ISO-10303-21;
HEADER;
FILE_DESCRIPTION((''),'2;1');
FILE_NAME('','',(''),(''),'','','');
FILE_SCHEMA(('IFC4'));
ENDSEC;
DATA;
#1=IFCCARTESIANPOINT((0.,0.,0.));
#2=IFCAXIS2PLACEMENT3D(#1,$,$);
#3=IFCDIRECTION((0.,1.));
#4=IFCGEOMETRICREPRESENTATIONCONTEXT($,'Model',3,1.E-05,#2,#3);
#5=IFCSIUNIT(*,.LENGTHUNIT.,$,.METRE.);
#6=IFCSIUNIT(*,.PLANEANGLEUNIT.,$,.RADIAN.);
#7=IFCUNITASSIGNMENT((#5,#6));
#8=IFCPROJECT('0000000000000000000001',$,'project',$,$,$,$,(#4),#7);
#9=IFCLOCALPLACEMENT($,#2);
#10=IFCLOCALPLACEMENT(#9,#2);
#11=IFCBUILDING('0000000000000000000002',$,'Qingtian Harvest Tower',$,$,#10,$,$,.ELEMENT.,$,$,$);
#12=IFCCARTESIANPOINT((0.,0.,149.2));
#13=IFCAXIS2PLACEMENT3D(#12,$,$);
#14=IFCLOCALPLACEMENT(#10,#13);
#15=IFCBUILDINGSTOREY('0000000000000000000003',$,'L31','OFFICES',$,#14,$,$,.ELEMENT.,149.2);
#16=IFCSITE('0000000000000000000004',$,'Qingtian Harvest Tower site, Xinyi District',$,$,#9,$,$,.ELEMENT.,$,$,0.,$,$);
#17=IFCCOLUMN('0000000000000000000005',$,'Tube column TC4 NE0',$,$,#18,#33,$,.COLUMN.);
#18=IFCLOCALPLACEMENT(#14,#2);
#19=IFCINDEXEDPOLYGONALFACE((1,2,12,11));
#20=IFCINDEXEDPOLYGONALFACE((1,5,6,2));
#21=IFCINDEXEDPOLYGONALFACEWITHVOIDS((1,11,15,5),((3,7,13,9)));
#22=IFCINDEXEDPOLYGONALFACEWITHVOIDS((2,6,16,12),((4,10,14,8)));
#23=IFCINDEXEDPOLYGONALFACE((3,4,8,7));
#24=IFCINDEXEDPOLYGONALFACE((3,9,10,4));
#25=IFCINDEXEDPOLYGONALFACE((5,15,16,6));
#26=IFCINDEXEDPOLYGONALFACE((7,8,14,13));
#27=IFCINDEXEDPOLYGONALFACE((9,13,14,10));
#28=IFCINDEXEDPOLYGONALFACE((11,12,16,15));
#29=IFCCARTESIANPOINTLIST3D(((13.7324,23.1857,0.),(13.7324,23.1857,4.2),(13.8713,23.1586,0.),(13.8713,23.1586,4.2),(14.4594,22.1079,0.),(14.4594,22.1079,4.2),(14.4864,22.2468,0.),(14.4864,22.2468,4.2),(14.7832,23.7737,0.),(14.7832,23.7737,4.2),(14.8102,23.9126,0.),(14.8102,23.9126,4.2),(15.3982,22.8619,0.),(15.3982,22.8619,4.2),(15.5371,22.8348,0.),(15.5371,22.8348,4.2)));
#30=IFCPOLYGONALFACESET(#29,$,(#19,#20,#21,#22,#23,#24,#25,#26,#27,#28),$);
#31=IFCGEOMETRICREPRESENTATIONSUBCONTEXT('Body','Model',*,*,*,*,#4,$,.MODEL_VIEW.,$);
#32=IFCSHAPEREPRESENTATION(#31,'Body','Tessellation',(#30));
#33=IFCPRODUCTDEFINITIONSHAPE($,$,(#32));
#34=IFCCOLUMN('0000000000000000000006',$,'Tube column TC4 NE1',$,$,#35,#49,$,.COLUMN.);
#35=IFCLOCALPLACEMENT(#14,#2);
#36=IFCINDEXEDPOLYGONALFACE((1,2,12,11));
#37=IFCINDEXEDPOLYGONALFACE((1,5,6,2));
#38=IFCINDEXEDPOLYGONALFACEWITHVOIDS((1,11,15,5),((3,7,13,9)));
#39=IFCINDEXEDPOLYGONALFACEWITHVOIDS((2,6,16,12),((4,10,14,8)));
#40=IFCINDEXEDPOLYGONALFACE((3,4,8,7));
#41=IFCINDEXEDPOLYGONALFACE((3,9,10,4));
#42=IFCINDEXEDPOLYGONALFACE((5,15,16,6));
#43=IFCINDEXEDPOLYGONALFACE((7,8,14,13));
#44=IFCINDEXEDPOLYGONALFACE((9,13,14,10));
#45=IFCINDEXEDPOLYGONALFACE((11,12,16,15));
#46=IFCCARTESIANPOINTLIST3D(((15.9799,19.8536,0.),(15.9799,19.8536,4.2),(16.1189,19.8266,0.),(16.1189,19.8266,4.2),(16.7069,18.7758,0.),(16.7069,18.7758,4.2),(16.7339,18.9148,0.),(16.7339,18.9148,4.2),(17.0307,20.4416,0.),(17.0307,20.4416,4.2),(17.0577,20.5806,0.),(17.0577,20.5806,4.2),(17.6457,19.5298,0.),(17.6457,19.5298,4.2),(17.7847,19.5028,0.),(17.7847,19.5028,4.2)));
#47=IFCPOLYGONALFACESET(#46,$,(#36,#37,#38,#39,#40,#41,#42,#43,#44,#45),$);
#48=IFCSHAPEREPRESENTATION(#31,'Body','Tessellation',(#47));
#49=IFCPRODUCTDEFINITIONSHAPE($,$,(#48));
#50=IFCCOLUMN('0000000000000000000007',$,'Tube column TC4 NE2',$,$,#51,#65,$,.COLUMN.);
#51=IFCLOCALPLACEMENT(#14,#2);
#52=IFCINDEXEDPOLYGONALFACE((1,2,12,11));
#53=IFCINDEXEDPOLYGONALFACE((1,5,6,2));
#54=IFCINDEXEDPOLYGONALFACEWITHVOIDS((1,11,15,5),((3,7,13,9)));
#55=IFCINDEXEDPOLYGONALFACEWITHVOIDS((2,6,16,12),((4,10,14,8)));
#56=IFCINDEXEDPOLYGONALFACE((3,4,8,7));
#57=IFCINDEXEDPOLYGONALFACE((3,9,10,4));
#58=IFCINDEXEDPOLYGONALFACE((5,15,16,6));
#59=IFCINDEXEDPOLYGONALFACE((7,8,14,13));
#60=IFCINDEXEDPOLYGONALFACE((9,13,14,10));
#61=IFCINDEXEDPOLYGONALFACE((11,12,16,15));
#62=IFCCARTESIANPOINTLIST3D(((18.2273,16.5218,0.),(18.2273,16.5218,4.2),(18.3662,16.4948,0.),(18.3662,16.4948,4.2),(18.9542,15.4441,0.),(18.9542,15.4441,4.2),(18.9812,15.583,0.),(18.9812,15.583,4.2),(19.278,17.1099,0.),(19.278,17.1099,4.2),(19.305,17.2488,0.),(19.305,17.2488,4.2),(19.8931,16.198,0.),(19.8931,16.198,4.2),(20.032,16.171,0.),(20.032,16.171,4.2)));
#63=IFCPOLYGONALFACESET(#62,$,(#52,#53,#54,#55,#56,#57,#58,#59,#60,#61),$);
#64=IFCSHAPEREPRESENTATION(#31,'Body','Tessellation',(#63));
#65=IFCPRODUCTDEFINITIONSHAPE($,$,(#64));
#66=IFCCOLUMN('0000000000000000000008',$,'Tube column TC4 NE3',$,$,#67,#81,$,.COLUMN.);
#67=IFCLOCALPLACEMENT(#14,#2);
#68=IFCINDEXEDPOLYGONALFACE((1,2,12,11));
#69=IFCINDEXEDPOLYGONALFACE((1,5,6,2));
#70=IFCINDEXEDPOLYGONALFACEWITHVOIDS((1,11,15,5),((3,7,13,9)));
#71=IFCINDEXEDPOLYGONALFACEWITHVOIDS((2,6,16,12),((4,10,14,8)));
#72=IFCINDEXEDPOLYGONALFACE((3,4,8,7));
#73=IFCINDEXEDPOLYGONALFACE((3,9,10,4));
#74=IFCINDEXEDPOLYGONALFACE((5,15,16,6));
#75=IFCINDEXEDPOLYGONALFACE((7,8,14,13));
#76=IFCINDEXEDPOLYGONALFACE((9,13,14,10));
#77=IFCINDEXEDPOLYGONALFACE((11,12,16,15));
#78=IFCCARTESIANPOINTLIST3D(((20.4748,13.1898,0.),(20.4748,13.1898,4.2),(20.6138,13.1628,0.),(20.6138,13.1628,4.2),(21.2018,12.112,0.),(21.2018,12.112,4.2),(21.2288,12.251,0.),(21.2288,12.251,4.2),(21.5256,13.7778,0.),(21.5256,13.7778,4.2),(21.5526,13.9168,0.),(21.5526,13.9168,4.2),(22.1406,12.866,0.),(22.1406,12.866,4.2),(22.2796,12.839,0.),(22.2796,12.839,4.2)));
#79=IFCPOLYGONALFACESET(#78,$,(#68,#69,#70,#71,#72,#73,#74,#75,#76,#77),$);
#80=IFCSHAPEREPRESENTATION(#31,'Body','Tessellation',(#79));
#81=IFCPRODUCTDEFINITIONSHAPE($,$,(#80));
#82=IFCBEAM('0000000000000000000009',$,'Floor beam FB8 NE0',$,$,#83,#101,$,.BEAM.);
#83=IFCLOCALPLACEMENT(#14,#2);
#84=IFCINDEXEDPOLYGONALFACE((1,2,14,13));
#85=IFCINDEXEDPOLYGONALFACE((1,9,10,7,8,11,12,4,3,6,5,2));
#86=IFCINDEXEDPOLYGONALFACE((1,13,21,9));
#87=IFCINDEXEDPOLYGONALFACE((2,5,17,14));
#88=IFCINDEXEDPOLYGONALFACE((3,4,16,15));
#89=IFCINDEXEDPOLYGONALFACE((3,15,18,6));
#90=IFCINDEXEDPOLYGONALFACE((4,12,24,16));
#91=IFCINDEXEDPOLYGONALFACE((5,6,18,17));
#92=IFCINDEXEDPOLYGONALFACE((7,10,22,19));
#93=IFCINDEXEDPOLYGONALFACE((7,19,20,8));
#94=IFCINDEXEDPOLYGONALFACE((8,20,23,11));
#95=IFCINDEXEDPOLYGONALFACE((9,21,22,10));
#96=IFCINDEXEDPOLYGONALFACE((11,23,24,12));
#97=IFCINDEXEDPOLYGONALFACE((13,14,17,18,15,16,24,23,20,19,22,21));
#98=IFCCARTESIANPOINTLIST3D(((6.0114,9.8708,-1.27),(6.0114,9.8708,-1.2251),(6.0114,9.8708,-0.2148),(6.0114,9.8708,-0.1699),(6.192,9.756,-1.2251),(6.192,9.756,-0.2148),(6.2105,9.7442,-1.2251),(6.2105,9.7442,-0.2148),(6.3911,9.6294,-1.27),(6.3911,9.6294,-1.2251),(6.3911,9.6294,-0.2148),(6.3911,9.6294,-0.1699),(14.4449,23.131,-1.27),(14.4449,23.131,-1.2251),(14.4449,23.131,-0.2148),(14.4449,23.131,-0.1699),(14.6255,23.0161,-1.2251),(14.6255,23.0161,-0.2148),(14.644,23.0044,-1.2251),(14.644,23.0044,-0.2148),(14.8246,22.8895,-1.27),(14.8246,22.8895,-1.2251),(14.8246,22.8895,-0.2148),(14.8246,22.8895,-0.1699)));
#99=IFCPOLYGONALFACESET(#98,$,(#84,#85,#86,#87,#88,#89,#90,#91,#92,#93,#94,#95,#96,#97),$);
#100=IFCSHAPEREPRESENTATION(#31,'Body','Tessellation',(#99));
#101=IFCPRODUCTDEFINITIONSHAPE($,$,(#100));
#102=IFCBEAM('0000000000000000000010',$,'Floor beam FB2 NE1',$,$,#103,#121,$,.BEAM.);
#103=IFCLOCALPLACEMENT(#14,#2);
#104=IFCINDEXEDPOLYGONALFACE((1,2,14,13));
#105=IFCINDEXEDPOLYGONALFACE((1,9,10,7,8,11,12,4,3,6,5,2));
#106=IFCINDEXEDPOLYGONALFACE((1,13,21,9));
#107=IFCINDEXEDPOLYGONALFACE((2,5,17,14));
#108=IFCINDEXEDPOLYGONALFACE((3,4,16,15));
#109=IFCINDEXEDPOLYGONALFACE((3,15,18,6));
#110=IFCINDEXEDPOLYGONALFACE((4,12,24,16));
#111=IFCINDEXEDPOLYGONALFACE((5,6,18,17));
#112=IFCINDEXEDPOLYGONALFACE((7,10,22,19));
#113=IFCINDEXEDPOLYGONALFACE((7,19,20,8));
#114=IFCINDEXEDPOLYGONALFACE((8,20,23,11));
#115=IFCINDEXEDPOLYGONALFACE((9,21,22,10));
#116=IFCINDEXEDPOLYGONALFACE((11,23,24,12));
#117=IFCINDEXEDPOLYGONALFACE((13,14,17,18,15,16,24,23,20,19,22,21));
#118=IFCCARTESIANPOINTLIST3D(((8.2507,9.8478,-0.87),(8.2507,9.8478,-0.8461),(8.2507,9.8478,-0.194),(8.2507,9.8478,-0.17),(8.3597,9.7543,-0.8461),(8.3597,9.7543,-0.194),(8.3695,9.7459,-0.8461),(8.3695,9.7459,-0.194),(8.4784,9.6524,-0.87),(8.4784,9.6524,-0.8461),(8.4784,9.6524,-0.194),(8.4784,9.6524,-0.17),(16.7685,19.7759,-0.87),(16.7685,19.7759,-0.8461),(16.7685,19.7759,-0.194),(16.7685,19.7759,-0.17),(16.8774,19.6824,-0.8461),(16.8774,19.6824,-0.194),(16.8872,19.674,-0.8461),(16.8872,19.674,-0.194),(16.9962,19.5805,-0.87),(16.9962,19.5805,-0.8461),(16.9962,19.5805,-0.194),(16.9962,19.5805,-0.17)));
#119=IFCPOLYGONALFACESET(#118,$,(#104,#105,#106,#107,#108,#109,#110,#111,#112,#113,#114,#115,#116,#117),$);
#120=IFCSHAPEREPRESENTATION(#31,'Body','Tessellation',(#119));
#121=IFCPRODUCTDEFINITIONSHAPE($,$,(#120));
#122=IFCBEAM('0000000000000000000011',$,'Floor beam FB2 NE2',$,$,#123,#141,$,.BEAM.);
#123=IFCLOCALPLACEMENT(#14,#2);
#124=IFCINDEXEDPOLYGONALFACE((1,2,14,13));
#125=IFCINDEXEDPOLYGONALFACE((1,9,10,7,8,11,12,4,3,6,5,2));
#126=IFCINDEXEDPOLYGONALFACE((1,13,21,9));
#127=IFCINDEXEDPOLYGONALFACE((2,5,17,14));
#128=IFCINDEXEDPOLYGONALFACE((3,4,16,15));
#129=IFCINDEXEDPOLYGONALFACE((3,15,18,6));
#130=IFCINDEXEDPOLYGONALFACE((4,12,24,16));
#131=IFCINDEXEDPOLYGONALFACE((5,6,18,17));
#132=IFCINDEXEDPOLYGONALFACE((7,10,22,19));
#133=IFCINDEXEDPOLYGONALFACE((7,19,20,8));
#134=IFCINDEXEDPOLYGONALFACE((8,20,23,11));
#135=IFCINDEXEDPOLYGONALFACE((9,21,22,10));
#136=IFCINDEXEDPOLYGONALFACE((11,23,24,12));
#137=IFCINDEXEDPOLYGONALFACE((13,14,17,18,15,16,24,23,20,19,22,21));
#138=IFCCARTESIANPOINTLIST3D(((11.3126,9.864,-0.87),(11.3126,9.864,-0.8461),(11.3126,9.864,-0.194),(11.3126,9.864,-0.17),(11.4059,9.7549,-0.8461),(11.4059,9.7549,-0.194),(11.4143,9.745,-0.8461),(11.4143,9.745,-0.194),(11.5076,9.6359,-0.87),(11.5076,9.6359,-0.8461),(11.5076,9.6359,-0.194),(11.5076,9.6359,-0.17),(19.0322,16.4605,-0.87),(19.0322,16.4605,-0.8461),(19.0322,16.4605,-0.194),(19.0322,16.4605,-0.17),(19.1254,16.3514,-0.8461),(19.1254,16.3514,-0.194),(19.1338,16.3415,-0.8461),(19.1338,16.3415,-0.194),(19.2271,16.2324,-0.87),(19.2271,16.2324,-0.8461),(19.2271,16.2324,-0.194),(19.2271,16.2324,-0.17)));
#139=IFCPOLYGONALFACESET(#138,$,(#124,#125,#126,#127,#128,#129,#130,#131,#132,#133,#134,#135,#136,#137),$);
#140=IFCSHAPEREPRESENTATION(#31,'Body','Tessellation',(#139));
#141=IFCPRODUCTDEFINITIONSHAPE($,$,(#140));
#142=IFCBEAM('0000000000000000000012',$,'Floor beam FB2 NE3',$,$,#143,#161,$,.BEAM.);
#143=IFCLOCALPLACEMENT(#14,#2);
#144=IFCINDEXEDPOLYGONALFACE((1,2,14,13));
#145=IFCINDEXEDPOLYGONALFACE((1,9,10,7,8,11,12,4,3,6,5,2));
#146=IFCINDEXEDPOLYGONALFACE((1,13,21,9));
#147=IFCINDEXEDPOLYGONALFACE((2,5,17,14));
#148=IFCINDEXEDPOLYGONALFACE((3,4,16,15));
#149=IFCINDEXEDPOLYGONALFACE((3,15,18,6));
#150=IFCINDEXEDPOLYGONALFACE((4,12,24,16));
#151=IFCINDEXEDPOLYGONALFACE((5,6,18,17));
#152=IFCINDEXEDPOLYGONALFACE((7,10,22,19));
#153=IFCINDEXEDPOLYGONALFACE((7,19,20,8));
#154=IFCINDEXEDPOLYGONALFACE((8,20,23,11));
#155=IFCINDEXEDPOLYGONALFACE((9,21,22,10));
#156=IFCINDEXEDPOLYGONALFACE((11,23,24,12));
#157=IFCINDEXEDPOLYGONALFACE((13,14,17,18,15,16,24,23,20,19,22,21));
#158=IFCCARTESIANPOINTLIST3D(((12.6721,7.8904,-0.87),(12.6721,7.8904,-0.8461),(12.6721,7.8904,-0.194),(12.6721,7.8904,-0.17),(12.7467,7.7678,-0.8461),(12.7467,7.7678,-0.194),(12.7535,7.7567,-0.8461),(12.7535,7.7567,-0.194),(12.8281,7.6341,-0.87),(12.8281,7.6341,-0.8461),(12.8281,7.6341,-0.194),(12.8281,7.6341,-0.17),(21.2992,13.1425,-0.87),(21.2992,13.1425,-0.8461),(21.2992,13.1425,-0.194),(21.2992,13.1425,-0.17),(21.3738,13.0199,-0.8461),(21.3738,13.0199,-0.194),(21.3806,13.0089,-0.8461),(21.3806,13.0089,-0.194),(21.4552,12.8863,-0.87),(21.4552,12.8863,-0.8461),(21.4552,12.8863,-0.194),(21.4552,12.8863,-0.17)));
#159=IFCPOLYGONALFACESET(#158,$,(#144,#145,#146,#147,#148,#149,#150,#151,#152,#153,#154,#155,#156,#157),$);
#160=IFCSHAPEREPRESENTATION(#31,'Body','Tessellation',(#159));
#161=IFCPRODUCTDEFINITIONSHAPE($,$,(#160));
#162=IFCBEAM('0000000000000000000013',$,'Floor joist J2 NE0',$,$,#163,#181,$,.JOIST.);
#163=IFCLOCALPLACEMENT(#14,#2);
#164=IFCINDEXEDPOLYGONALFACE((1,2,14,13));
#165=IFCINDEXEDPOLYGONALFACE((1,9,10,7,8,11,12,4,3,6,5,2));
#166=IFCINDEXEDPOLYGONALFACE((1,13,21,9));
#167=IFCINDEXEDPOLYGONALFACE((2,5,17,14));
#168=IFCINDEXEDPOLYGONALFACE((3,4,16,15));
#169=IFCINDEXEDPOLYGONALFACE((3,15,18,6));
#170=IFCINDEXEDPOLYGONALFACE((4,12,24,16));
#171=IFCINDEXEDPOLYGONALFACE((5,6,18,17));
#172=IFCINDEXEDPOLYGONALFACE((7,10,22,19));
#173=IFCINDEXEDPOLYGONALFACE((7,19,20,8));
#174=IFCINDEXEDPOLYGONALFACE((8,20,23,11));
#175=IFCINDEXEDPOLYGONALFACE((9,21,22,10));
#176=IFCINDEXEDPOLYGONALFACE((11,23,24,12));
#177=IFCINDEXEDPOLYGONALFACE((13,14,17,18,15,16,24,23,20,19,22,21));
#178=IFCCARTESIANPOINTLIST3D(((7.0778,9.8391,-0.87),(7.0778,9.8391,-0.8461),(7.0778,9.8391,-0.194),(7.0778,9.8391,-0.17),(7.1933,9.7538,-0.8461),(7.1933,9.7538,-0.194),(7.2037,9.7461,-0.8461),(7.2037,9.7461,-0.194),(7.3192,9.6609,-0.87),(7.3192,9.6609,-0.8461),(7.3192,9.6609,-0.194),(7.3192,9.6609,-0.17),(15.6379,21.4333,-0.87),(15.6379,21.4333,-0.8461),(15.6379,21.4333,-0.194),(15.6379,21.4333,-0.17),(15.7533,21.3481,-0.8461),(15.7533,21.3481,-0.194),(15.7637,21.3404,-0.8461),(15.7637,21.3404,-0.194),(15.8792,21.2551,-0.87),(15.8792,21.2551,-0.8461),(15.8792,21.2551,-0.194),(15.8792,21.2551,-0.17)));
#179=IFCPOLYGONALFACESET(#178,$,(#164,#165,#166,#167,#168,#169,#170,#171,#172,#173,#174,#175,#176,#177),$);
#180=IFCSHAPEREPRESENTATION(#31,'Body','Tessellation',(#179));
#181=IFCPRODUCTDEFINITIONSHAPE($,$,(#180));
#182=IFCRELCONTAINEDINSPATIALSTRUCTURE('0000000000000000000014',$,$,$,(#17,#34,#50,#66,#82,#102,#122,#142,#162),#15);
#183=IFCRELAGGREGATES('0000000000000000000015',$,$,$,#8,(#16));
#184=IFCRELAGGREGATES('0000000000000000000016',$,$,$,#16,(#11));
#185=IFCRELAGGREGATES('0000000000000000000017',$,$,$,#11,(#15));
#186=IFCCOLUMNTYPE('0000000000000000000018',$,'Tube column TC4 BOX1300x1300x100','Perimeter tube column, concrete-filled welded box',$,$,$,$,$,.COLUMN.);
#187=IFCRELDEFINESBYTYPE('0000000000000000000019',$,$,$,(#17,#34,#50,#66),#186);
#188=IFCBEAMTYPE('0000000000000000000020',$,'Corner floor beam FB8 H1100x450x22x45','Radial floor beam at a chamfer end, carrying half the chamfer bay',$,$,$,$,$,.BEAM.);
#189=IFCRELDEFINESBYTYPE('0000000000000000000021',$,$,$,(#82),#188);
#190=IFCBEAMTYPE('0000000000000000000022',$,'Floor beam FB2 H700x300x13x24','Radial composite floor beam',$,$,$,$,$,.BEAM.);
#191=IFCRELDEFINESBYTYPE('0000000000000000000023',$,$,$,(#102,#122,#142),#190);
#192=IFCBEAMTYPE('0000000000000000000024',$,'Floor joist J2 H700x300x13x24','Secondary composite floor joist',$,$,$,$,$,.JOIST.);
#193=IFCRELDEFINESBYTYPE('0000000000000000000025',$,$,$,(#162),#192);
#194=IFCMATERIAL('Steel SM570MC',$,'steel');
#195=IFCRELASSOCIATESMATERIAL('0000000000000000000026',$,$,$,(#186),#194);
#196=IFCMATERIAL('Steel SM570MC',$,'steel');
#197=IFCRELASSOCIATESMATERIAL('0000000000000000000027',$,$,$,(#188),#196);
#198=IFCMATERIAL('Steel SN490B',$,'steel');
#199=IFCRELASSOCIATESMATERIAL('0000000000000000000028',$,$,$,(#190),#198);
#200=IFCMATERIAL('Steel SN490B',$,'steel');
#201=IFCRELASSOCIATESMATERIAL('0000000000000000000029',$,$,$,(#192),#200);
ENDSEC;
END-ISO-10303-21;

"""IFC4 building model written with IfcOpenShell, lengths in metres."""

from ifc_helpers import new_model, si_unit, direction, frame, origin, origin_2d, place, context, subcontext, project, spatial, hollow_rectangle, i_section, extrude, material, material_profile, profile_set, type_object, element, save


model = new_model("IFC4")

# Units and contexts
model_context = context("Model", 3, precision=1e-05, world=origin(), true_north=direction((0.0, 1.0)))
body_context = subcontext(model_context, "Body", "Model", "MODEL_VIEW")
ifc_project = project(units=[si_unit("LENGTHUNIT", "METRE"), si_unit("PLANEANGLEUNIT", "RADIAN")], contexts=[model_context])

# Site, building, storey
site_placement = place(None, origin())
site = spatial("IfcSite", under=ifc_project, at=site_placement, Name="Qingtian Harvest Tower site, Xinyi District", CompositionType="ELEMENT", RefElevation=0.0)
building_placement = place(site_placement, origin())
building = spatial("IfcBuilding", under=site, at=building_placement, Name="Qingtian Harvest Tower", CompositionType="ELEMENT")
storey_placement = place(building_placement, frame((0.0, 0.0, 149.2)))
storey = spatial("IfcBuildingStorey", under=building, at=storey_placement, Name="L31", Description="OFFICES", CompositionType="ELEMENT", Elevation=149.2)

# Columns
ifc_material_1 = material(Name="Steel SM570MC", Category="steel")
ifc_material_profile_1 = material_profile(ifc_material_1, hollow_rectangle(XDim=1.3, YDim=1.3, WallThickness=0.1001, at=origin_2d()), Name="BOX1300x1300x100")
ifc_profile_set_1 = profile_set([ifc_material_profile_1], Name="Steel SM570MC")
column_type = type_object("IfcColumnType", Name="Tube column TC4 BOX1300x1300x100", Description="Perimeter tube column, concrete-filled welded box", PredefinedType="COLUMN", material=ifc_profile_set_1)
for number, where, z_axis, x_axis, name in (
    (1, (14.6348, 23.0103, 0.0), (0.0, 0.0, 1.0), (-0.559193, 0.829038, 0.0), "Tube column TC4 NE0"),
    (2, (16.8823, 19.6782, 0.0), (0.0, 0.0, 1.0), (-0.559193, 0.829038, 0.0), "Tube column TC4 NE1"),
    (3, (19.1296, 16.3464, 0.0), (0.0, 0.0, 1.0), (-0.559193, 0.829038, 0.0), "Tube column TC4 NE2"),
    (4, (21.3772, 13.0144, 0.0), (0.0, 0.0, 1.0), (-0.559193, 0.829038, 0.0), "Tube column TC4 NE3"),
):
    element("IfcColumn", number, at=place(storey_placement, frame(where, z_axis=z_axis, x_axis=x_axis)), inside=storey, type_object=column_type, Name=name, PredefinedType="COLUMN", context=body_context, shape_type="SweptSolid", body=[
        extrude(hollow_rectangle(XDim=1.3, YDim=1.3, WallThickness=0.1001, at=origin_2d()), origin(), (0.0, 0.0, 1.0), 4.2),
    ])

# Beams
ifc_material_2 = material(Name="Steel SM570MC", Category="steel")
ifc_material_profile_2 = material_profile(ifc_material_2, i_section(OverallWidth=0.45, OverallDepth=1.1001, WebThickness=0.022, FlangeThickness=0.0449, at=origin_2d()), Name="H1100x450x22x45")
ifc_profile_set_2 = profile_set([ifc_material_profile_2], Name="Steel SM570MC")
beam_type_1 = type_object("IfcBeamType", Name="Corner floor beam FB8 H1100x450x22x45", Description="Radial floor beam at a chamfer end, carrying half the chamfer bay", PredefinedType="BEAM", material=ifc_profile_set_2)
beam_1_placement = place(storey_placement, frame((14.6348, 23.0103, -0.72), z_axis=(-0.53666, -0.843798, 0.0), x_axis=(0.843798, -0.53666, 0.0)))
element("IfcBeam", 5, at=beam_1_placement, inside=storey, type_object=beam_type_1, Name="Floor beam FB8 NE0", PredefinedType="BEAM", context=body_context, shape_type="SweptSolid", body=[
    extrude(i_section(OverallWidth=0.45, OverallDepth=1.1001, WebThickness=0.022, FlangeThickness=0.0449, at=origin_2d()), origin(), (0.0, 0.0, 1.0), 15.7148),
])
ifc_material_3 = material(Name="Steel SN490B", Category="steel")
ifc_material_profile_3 = material_profile(ifc_material_3, i_section(OverallWidth=0.3, OverallDepth=0.7, WebThickness=0.0129, FlangeThickness=0.0239, at=origin_2d()), Name="H700x300x13x24")
ifc_profile_set_3 = profile_set([ifc_material_profile_3], Name="Steel SN490B")
beam_type_2 = type_object("IfcBeamType", Name="Floor beam FB2 H700x300x13x24", Description="Radial composite floor beam", PredefinedType="BEAM", material=ifc_profile_set_3)
beam_2_placement = place(storey_placement, frame((16.8823, 19.6782, -0.52), z_axis=(-0.65114, -0.758957, 0.0), x_axis=(0.758957, -0.65114, 0.0)))
element("IfcBeam", 6, at=beam_2_placement, inside=storey, type_object=beam_type_2, Name="Floor beam FB2 NE1", PredefinedType="BEAM", context=body_context, shape_type="SweptSolid", body=[
    extrude(i_section(OverallWidth=0.3, OverallDepth=0.7, WebThickness=0.0129, FlangeThickness=0.0239, at=origin_2d()), origin(), (0.0, 0.0, 1.0), 13.0813),
])
beam_3_placement = place(storey_placement, frame((19.1296, 16.3464, -0.52), z_axis=(-0.760242, -0.64964, 0.0), x_axis=(0.64964, -0.760242, 0.0)))
element("IfcBeam", 7, at=beam_3_placement, inside=storey, type_object=beam_type_2, Name="Floor beam FB2 NE2", PredefinedType="BEAM", context=body_context, shape_type="SweptSolid", body=[
    extrude(i_section(OverallWidth=0.3, OverallDepth=0.7, WebThickness=0.0129, FlangeThickness=0.0239, at=origin_2d()), origin(), (0.0, 0.0, 1.0), 10.1541),
])
beam_4_placement = place(storey_placement, frame((21.3772, 13.0144, -0.52), z_axis=(-0.854161, -0.520009, 0.0), x_axis=(0.520009, -0.854161, 0.0)))
element("IfcBeam", 8, at=beam_4_placement, inside=storey, type_object=beam_type_2, Name="Floor beam FB2 NE3", PredefinedType="BEAM", context=body_context, shape_type="SweptSolid", body=[
    extrude(i_section(OverallWidth=0.3, OverallDepth=0.7, WebThickness=0.0129, FlangeThickness=0.0239, at=origin_2d()), origin(), (0.0, 0.0, 1.0), 10.1001),
])
ifc_material_4 = material(Name="Steel SN490B", Category="steel")
ifc_material_profile_4 = material_profile(ifc_material_4, i_section(OverallWidth=0.3, OverallDepth=0.7, WebThickness=0.0129, FlangeThickness=0.0239, at=origin_2d()), Name="H700x300x13x24")
ifc_profile_set_4 = profile_set([ifc_material_profile_4], Name="Steel SN490B")
beam_type_3 = type_object("IfcBeamType", Name="Floor joist J2 H700x300x13x24", Description="Secondary composite floor joist", PredefinedType="JOIST", material=ifc_profile_set_4)
beam_5_placement = place(storey_placement, frame((15.7585, 21.3442, -0.52), z_axis=(-0.59396, -0.804494, 0.0), x_axis=(0.804494, -0.59396, 0.0)))
element("IfcBeam", 9, at=beam_5_placement, inside=storey, type_object=beam_type_3, Name="Floor joist J2 NE0", PredefinedType="JOIST", context=body_context, shape_type="SweptSolid", body=[
    extrude(i_section(OverallWidth=0.3, OverallDepth=0.7, WebThickness=0.0129, FlangeThickness=0.0239, at=origin_2d()), origin(), (0.0, 0.0, 1.0), 14.4119),
])

save(model, "model.ifc")
